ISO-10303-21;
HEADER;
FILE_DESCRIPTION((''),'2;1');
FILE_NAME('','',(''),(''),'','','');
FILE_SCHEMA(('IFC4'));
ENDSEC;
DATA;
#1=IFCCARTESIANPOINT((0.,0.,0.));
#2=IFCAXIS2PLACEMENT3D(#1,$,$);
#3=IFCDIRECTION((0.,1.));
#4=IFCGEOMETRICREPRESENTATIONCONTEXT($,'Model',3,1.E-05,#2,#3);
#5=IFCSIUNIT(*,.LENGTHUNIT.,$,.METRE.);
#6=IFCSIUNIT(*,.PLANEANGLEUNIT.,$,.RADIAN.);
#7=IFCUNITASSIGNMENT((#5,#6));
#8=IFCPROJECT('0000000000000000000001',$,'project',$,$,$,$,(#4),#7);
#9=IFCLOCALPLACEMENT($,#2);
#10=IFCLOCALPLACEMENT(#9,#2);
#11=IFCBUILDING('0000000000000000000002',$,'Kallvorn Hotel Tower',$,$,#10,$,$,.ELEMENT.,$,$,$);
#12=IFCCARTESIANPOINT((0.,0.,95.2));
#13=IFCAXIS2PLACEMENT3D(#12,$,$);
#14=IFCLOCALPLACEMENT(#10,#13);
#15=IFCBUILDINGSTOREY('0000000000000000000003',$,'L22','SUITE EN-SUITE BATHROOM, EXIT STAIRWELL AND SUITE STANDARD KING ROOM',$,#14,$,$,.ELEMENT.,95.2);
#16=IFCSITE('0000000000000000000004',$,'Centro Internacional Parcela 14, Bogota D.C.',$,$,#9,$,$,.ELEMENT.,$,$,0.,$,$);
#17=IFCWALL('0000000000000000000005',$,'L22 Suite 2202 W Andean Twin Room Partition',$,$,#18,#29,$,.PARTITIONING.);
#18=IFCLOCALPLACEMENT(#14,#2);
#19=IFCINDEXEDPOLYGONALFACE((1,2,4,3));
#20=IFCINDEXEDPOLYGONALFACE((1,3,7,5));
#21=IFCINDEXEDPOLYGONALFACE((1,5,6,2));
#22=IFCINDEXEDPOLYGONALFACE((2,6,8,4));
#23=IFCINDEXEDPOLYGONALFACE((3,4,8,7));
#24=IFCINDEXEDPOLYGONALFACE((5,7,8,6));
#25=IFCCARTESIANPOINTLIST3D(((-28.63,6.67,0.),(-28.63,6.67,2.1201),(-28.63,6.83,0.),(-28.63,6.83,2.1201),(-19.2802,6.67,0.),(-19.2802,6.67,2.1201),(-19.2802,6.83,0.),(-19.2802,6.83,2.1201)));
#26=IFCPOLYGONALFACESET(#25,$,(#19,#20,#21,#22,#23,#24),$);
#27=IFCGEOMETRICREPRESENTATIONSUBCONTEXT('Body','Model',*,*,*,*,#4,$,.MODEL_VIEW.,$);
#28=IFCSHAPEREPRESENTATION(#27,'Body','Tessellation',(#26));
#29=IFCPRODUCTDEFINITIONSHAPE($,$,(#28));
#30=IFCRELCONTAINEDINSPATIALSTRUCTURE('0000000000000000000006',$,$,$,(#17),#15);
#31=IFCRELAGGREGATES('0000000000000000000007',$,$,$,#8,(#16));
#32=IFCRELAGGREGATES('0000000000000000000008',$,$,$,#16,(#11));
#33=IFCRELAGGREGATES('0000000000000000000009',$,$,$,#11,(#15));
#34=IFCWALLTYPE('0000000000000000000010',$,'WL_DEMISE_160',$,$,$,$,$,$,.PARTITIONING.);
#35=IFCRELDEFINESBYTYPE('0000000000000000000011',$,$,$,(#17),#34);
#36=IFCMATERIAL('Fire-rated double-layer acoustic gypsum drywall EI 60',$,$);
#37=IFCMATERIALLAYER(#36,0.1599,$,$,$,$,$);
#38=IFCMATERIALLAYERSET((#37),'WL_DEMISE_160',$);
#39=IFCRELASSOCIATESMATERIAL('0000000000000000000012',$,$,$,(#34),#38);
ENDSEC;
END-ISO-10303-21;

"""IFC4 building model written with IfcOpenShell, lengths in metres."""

from ifc_helpers import new_model, si_unit, direction, frame, frame_2d, origin, place, context, subcontext, project, spatial, rectangle, extrude, material, layer, layer_set, type_object, element, save


model = new_model("IFC4")

# Units and contexts
model_context = context("Model", 3, precision=1e-05, world=origin(), true_north=direction((0.0, 1.0)))
body_context = subcontext(model_context, "Body", "Model", "MODEL_VIEW")
ifc_project = project(units=[si_unit("LENGTHUNIT", "METRE"), si_unit("PLANEANGLEUNIT", "RADIAN")], contexts=[model_context])

# Site, building, storey
site_placement = place(None, origin())
site = spatial("IfcSite", under=ifc_project, at=site_placement, Name="Centro Internacional Parcela 14, Bogota D.C.", CompositionType="ELEMENT", RefElevation=0.0)
building_placement = place(site_placement, origin())
building = spatial("IfcBuilding", under=site, at=building_placement, Name="Kallvorn Hotel Tower", CompositionType="ELEMENT")
storey_placement = place(building_placement, frame((0.0, 0.0, 95.2)))
storey = spatial("IfcBuildingStorey", under=building, at=storey_placement, Name="L22", Description="SUITE EN-SUITE BATHROOM, EXIT STAIRWELL AND SUITE STANDARD KING ROOM", CompositionType="ELEMENT", Elevation=95.2)

# Wall
ifc_material_1 = material(Name="Fire-rated double-layer acoustic gypsum drywall EI 60")
ifc_layer_1 = layer(ifc_material_1, 0.1599)
ifc_layer_set_1 = layer_set([ifc_layer_1], Name="WL_DEMISE_160")
wall_type = type_object("IfcWallType", Name="WL_DEMISE_160", PredefinedType="PARTITIONING", material=ifc_layer_set_1)
wall_1_placement = place(storey_placement, frame((-28.6299, 6.75, 0.0), z_axis=(0.0, 0.0, 1.0), x_axis=(1.0, 0.0, 0.0)))
element("IfcWall", 1, at=wall_1_placement, inside=storey, type_object=wall_type, Name="L22 Suite 2202 W Andean Twin Room Partition", PredefinedType="PARTITIONING", context=body_context, shape_type="SweptSolid", body=[
    extrude(rectangle(XDim=9.3499, YDim=0.1599, at=frame_2d((4.6748, 0.0))), origin(), (0.0, 0.0, 1.0), 2.1201),
])

save(model, "model.ifc")
